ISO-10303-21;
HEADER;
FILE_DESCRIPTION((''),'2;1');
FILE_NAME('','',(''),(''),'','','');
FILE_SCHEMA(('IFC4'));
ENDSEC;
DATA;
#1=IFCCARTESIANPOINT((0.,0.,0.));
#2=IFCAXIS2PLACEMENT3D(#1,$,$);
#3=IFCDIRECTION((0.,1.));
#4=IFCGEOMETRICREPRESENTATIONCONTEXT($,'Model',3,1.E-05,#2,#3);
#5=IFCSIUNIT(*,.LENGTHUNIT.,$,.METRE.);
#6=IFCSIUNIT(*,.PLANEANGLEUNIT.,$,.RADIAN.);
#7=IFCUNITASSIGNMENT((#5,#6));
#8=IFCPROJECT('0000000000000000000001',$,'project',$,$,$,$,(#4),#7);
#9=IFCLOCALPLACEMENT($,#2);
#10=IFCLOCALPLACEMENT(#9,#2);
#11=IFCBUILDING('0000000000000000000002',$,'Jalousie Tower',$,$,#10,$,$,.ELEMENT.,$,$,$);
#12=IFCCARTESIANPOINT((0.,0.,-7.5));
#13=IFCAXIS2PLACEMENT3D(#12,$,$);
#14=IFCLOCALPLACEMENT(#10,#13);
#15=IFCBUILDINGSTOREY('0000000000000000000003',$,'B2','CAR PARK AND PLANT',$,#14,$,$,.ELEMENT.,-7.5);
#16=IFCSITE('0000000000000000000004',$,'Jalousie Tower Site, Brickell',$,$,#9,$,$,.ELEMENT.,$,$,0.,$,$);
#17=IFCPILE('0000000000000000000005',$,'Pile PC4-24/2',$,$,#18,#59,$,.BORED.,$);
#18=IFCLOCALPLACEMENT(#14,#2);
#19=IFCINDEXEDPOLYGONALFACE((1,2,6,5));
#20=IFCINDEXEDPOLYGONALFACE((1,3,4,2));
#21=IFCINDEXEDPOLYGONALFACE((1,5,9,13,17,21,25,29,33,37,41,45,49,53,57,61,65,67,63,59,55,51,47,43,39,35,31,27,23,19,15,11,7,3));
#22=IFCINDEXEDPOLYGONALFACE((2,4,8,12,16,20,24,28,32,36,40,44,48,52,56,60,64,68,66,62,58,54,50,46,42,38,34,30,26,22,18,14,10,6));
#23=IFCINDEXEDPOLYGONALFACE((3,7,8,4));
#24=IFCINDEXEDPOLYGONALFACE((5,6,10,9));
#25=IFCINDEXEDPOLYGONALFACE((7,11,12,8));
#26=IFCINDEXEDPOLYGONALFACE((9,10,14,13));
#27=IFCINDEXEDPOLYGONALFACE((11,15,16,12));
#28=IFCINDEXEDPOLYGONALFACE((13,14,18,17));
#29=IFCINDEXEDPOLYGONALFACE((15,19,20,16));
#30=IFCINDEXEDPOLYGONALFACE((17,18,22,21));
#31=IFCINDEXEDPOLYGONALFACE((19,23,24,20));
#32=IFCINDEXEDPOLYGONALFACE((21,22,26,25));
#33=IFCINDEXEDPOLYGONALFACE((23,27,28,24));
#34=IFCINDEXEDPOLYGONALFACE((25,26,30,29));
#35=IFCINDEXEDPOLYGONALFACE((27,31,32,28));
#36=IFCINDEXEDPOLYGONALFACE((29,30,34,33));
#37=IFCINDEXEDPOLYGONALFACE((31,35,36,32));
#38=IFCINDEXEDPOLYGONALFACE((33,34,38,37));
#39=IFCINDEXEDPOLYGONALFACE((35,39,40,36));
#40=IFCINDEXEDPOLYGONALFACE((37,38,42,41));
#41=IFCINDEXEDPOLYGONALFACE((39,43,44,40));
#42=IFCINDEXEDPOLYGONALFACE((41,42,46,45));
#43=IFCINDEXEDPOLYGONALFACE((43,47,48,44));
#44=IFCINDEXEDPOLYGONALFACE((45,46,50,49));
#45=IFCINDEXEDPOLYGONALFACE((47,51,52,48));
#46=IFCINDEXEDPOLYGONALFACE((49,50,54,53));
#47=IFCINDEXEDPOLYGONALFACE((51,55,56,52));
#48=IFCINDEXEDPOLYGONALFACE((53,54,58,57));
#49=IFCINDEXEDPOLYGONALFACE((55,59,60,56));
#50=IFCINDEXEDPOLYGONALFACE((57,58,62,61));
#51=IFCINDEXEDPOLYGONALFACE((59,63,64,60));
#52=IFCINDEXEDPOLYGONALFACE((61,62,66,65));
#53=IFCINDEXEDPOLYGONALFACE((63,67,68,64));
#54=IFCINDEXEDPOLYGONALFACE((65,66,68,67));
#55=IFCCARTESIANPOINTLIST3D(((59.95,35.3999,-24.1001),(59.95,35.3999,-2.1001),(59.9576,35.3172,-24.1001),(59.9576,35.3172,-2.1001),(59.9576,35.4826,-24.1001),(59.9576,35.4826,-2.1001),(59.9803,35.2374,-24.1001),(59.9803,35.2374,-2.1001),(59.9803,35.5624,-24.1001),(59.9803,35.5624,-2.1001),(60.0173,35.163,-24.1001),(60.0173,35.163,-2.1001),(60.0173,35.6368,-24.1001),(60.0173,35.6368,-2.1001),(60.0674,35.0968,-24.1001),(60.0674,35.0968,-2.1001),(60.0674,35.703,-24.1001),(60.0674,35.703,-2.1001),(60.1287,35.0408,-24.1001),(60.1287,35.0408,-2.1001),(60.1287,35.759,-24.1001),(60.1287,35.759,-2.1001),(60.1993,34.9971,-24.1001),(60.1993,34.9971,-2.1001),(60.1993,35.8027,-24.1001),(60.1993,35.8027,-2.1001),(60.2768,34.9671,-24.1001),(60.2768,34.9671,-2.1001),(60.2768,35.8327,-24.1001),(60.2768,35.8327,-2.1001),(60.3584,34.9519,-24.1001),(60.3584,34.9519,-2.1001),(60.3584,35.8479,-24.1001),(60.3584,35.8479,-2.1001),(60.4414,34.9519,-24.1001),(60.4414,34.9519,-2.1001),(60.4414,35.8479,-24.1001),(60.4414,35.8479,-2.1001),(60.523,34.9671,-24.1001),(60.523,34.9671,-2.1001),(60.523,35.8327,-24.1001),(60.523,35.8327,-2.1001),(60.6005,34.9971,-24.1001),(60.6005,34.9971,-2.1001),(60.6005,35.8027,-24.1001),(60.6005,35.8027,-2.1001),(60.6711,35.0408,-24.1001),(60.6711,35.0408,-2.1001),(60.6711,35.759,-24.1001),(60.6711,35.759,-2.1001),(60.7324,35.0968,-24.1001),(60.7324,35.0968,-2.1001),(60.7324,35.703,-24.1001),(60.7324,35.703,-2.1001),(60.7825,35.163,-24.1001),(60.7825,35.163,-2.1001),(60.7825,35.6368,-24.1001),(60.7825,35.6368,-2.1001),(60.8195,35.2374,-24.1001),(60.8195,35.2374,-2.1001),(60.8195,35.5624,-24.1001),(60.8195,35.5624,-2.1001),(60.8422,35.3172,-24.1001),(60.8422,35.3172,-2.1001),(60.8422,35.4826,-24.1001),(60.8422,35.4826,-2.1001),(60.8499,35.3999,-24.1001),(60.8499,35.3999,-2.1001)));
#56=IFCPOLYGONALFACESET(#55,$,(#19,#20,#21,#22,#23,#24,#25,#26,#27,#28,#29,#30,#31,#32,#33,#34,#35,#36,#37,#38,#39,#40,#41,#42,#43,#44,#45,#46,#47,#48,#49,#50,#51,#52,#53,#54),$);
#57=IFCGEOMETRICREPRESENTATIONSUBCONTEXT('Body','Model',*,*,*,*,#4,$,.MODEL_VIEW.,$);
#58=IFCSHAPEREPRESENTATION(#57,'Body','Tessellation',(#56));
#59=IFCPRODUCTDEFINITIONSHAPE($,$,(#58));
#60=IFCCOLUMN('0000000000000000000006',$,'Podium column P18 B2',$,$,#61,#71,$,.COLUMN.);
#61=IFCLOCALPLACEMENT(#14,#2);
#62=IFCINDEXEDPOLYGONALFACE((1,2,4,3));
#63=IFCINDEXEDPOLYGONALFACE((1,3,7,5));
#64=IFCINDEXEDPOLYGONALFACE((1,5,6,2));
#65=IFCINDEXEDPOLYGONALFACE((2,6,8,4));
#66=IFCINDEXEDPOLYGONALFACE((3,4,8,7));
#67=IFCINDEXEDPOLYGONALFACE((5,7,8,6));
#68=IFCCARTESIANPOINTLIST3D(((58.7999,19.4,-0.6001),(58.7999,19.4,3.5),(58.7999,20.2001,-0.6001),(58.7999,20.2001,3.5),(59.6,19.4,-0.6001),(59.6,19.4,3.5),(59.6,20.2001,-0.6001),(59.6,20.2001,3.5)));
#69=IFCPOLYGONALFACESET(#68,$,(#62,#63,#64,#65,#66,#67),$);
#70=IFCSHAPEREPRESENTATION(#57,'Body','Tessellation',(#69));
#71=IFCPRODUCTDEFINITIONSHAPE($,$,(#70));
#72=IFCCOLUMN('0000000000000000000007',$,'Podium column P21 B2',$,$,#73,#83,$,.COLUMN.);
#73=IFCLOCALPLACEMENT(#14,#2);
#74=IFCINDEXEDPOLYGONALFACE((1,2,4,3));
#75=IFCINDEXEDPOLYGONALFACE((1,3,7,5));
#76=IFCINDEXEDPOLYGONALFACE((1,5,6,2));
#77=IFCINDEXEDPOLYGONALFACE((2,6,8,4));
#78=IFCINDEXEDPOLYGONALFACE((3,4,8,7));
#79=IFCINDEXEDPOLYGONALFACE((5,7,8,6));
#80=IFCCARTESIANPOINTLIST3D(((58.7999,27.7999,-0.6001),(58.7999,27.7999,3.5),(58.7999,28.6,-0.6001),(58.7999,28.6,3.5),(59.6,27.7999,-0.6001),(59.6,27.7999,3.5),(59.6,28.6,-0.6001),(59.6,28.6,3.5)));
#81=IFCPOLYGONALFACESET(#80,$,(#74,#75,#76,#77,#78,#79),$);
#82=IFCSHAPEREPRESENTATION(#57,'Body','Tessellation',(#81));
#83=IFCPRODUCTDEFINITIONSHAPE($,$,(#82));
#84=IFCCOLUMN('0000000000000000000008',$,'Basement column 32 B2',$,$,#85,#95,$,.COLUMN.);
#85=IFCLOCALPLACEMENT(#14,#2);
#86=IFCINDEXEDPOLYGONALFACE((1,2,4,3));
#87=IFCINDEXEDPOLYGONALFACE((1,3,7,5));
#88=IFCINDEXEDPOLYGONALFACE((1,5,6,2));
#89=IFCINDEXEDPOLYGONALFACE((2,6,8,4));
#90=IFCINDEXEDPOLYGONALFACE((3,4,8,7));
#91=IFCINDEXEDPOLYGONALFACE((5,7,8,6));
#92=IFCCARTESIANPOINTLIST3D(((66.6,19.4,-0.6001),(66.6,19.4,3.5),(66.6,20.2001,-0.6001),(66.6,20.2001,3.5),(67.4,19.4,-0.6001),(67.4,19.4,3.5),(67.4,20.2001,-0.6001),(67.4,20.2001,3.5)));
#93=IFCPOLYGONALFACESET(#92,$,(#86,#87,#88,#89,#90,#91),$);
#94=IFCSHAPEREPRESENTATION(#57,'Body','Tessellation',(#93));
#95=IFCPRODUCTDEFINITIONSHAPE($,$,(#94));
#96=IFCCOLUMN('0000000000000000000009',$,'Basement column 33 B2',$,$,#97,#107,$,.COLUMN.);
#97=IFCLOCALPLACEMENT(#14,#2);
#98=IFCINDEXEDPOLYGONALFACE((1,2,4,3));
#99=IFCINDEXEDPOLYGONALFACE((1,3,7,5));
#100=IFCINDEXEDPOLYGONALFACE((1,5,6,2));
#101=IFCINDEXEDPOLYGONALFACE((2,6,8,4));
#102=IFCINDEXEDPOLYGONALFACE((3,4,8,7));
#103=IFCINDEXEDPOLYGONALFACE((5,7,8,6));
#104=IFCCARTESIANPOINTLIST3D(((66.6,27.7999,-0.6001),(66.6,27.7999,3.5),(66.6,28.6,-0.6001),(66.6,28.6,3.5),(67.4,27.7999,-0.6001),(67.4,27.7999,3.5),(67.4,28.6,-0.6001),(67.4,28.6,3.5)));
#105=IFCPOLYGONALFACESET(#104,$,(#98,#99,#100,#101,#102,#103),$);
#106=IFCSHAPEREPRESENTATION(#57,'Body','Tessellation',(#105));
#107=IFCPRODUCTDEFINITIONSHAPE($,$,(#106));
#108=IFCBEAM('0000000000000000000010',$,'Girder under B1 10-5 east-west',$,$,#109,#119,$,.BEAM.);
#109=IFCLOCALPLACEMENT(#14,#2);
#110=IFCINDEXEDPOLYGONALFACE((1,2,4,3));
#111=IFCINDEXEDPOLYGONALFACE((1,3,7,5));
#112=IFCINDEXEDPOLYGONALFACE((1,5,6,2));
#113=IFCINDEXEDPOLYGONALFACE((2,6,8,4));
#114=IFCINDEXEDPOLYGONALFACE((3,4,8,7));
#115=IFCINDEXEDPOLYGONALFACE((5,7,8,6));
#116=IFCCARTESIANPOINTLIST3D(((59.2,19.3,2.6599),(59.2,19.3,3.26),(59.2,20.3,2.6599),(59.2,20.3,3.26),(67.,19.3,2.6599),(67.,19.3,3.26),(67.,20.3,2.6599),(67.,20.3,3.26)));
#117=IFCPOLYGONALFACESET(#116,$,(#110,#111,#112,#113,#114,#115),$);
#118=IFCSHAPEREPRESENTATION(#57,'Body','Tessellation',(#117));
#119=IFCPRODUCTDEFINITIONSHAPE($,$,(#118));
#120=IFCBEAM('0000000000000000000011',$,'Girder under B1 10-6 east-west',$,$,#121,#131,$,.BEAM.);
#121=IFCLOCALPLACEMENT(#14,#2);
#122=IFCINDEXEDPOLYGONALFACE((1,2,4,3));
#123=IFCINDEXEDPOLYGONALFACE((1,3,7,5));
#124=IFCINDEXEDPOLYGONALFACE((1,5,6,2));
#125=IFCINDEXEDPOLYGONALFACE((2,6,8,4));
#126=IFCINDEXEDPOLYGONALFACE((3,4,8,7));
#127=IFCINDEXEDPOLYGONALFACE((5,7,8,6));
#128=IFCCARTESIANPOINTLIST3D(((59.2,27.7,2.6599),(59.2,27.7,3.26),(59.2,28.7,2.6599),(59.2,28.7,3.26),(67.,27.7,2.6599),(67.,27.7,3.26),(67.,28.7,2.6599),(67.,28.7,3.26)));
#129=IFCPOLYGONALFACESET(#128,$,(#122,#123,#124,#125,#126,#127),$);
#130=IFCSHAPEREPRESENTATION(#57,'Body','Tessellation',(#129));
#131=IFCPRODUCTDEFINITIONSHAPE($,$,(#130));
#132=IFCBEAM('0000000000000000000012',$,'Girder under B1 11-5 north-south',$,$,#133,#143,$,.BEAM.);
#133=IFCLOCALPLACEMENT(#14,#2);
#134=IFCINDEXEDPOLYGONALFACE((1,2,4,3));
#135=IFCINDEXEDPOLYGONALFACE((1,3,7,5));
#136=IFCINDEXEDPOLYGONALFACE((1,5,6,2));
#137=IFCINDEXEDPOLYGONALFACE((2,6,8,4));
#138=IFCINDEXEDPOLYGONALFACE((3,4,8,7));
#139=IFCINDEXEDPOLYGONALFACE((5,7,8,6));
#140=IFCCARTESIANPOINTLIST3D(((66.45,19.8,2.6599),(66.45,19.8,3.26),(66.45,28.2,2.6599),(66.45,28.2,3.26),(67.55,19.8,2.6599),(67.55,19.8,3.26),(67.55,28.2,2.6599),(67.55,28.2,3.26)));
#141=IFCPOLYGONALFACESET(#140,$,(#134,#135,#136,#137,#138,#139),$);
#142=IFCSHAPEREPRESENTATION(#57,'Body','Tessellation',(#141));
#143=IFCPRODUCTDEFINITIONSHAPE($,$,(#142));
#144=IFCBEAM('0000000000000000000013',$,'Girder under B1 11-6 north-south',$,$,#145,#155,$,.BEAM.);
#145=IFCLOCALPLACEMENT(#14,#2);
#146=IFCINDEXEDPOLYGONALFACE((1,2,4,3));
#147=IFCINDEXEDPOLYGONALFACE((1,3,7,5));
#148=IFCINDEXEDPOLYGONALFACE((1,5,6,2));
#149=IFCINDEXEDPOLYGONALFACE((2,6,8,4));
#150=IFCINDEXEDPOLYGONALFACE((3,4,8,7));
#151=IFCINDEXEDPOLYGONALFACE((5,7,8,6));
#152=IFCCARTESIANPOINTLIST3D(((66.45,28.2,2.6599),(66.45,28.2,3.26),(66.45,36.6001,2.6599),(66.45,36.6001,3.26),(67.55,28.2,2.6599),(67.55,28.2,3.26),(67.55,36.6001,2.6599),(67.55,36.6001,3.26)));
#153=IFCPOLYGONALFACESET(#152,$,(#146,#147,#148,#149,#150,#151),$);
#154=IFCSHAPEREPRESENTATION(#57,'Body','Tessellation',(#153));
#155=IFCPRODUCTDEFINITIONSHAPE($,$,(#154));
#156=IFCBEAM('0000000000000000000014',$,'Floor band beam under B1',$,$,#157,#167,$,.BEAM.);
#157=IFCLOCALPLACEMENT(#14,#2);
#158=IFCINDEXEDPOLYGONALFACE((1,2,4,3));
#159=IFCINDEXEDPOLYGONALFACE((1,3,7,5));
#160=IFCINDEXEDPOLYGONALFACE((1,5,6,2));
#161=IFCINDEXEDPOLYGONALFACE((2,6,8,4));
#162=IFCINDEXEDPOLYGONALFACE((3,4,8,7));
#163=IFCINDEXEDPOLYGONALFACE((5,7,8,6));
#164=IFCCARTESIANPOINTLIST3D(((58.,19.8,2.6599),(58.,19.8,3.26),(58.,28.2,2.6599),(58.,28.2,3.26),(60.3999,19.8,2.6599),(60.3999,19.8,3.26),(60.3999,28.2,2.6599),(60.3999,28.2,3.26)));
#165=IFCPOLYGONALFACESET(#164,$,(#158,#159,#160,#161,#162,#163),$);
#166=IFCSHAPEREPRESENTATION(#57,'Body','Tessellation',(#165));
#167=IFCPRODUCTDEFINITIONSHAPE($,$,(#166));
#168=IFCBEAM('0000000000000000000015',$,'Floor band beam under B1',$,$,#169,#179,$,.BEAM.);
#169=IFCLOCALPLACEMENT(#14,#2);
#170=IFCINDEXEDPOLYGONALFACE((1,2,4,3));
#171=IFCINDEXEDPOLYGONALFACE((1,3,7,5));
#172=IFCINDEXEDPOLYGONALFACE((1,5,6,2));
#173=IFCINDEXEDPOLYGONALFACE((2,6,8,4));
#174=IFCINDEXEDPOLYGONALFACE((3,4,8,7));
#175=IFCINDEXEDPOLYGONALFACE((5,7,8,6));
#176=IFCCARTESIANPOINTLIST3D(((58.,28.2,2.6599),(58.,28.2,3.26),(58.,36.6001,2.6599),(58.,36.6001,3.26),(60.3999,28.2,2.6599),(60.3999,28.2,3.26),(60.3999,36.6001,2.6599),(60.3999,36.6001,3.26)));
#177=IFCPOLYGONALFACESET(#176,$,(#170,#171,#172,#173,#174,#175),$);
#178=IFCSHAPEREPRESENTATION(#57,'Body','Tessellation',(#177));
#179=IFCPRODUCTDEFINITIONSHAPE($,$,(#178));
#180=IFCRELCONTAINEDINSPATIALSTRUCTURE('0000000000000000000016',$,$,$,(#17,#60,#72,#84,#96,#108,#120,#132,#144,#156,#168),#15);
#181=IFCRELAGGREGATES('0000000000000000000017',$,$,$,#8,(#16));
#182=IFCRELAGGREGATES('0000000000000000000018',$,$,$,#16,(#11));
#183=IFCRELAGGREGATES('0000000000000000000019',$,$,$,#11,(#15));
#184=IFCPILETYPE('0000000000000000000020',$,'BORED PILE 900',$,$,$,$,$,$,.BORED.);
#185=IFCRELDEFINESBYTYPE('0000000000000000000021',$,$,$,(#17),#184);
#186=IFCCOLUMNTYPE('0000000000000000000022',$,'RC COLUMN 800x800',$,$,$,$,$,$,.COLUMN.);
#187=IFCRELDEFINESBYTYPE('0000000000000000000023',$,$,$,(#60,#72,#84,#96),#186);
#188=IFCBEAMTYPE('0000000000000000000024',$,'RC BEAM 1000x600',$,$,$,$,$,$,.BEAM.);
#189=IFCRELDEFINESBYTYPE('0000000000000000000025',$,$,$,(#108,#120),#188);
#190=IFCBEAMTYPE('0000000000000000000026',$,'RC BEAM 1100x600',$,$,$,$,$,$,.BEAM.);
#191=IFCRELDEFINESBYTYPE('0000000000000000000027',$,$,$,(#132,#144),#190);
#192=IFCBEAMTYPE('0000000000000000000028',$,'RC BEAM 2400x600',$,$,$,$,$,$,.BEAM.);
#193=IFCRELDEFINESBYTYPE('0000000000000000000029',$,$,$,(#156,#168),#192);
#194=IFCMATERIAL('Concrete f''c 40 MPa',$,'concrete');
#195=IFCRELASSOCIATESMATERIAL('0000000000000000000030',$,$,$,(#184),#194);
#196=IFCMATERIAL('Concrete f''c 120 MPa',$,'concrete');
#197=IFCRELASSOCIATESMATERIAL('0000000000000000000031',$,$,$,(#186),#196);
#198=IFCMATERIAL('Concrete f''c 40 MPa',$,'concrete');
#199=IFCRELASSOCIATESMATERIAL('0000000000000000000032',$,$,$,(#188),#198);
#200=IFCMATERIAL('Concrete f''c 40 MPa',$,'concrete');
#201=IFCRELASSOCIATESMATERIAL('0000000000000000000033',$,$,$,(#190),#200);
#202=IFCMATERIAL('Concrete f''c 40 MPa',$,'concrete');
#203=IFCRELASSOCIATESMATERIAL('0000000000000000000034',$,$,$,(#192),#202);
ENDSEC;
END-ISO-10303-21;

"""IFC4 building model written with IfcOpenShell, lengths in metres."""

from ifc_helpers import new_model, si_unit, direction, frame, origin, origin_2d, place, context, subcontext, project, spatial, rectangle, circle, extrude, material, material_profile, profile_set, type_object, element, save


model = new_model("IFC4")

# Units and contexts
model_context = context("Model", 3, precision=1e-05, world=origin(), true_north=direction((0.0, 1.0)))
body_context = subcontext(model_context, "Body", "Model", "MODEL_VIEW")
ifc_project = project(units=[si_unit("LENGTHUNIT", "METRE"), si_unit("PLANEANGLEUNIT", "RADIAN")], contexts=[model_context])

# Site, building, storey
site_placement = place(None, origin())
site = spatial("IfcSite", under=ifc_project, at=site_placement, Name="Jalousie Tower Site, Brickell", CompositionType="ELEMENT", RefElevation=0.0)
building_placement = place(site_placement, origin())
building = spatial("IfcBuilding", under=site, at=building_placement, Name="Jalousie Tower", CompositionType="ELEMENT")
storey_placement = place(building_placement, frame((0.0, 0.0, -7.5)))
storey = spatial("IfcBuildingStorey", under=building, at=storey_placement, Name="B2", Description="CAR PARK AND PLANT", CompositionType="ELEMENT", Elevation=-7.5)

# Pile
ifc_material_1 = material(Name="Concrete f'c 40 MPa", Category="concrete")
ifc_material_profile_1 = material_profile(ifc_material_1, circle(Radius=0.45, at=origin_2d()), Name="BORED PILE D900")
ifc_profile_set_1 = profile_set([ifc_material_profile_1], Name="Concrete f'c 40 MPa")
pile_type = type_object("IfcPileType", Name="BORED PILE 900", PredefinedType="BORED", material=ifc_profile_set_1)
for number, where, z_axis, x_axis, name in (
    (1, (60.3999, 35.3999, -2.1001), (0.0, 0.0, -1.0), (1.0, 0.0, 0.0), "Pile PC4-24/2"),
):
    element("IfcPile", number, at=place(storey_placement, frame(where, z_axis=z_axis, x_axis=x_axis)), inside=storey, type_object=pile_type, Name=name, PredefinedType="BORED", context=body_context, shape_type="SweptSolid", body=[
        extrude(circle(Radius=0.45, at=origin_2d()), origin(), (0.0, 0.0, 1.0), 22.0),
    ])

# Columns
ifc_material_2 = material(Name="Concrete f'c 120 MPa", Category="concrete")
ifc_material_profile_2 = material_profile(ifc_material_2, rectangle(XDim=0.8, YDim=0.8, at=origin_2d()), Name="RC 800x800")
ifc_profile_set_2 = profile_set([ifc_material_profile_2], Name="Concrete f'c 120 MPa")
column_type = type_object("IfcColumnType", Name="RC COLUMN 800x800", PredefinedType="COLUMN", material=ifc_profile_set_2)
for number, where, z_axis, x_axis, name in (
    (2, (59.2, 19.8, -0.6001), (0.0, 0.0, 1.0), (1.0, 0.0, 0.0), "Podium column P18 B2"),
    (3, (59.2, 28.2, -0.6001), (0.0, 0.0, 1.0), (1.0, 0.0, 0.0), "Podium column P21 B2"),
    (4, (67.0, 19.8, -0.6001), (0.0, 0.0, 1.0), (1.0, 0.0, 0.0), "Basement column 32 B2"),
    (5, (67.0, 28.2, -0.6001), (0.0, 0.0, 1.0), (1.0, 0.0, 0.0), "Basement column 33 B2"),
):
    element("IfcColumn", number, at=place(storey_placement, frame(where, z_axis=z_axis, x_axis=x_axis)), inside=storey, type_object=column_type, Name=name, PredefinedType="COLUMN", context=body_context, shape_type="SweptSolid", body=[
        extrude(rectangle(XDim=0.8, YDim=0.8, at=origin_2d()), origin(), (0.0, 0.0, 1.0), 4.1001),
    ])

# Beams
ifc_material_3 = material(Name="Concrete f'c 40 MPa", Category="concrete")
ifc_material_profile_3 = material_profile(ifc_material_3, rectangle(XDim=1.0, YDim=0.6001, at=origin_2d()), Name="RC 1000x600")
ifc_profile_set_3 = profile_set([ifc_material_profile_3], Name="Concrete f'c 40 MPa")
beam_type_1 = type_object("IfcBeamType", Name="RC BEAM 1000x600", PredefinedType="BEAM", material=ifc_profile_set_3)
for number, where, z_axis, x_axis, name in (
    (6, (59.2, 19.8, 2.96), (1.0, 0.0, 0.0), (0.0, 1.0, 0.0), "Girder under B1 10-5 east-west"),
    (7, (59.2, 28.2, 2.96), (1.0, 0.0, 0.0), (0.0, 1.0, 0.0), "Girder under B1 10-6 east-west"),
):
    element("IfcBeam", number, at=place(storey_placement, frame(where, z_axis=z_axis, x_axis=x_axis)), inside=storey, type_object=beam_type_1, Name=name, PredefinedType="BEAM", context=body_context, shape_type="SweptSolid", body=[
        extrude(rectangle(XDim=1.0, YDim=0.6001, at=origin_2d()), origin(), (0.0, 0.0, 1.0), 7.8),
    ])
ifc_material_4 = material(Name="Concrete f'c 40 MPa", Category="concrete")
ifc_material_profile_4 = material_profile(ifc_material_4, rectangle(XDim=1.1001, YDim=0.6001, at=origin_2d()), Name="RC 1100x600")
ifc_profile_set_4 = profile_set([ifc_material_profile_4], Name="Concrete f'c 40 MPa")
beam_type_2 = type_object("IfcBeamType", Name="RC BEAM 1100x600", PredefinedType="BEAM", material=ifc_profile_set_4)
beam_1_placement = place(storey_placement, frame((67.0, 19.8, 2.96), z_axis=(0.0, 1.0, 0.0), x_axis=(-1.0, 0.0, 0.0)))
element("IfcBeam", 8, at=beam_1_placement, inside=storey, type_object=beam_type_2, Name="Girder under B1 11-5 north-south", PredefinedType="BEAM", context=body_context, shape_type="SweptSolid", body=[
    extrude(rectangle(XDim=1.1001, YDim=0.6001, at=origin_2d()), origin(), (0.0, 0.0, 1.0), 8.3999),
])
beam_2_placement = place(storey_placement, frame((67.0, 28.2, 2.96), z_axis=(0.0, 1.0, 0.0), x_axis=(-1.0, 0.0, 0.0)))
element("IfcBeam", 9, at=beam_2_placement, inside=storey, type_object=beam_type_2, Name="Girder under B1 11-6 north-south", PredefinedType="BEAM", context=body_context, shape_type="SweptSolid", body=[
    extrude(rectangle(XDim=1.1001, YDim=0.6001, at=origin_2d()), origin(), (0.0, 0.0, 1.0), 8.4001),
])
ifc_material_5 = material(Name="Concrete f'c 40 MPa", Category="concrete")
ifc_material_profile_5 = material_profile(ifc_material_5, rectangle(XDim=2.3999, YDim=0.6001, at=origin_2d()), Name="RC 2400x600")
ifc_profile_set_5 = profile_set([ifc_material_profile_5], Name="Concrete f'c 40 MPa")
beam_type_3 = type_object("IfcBeamType", Name="RC BEAM 2400x600", PredefinedType="BEAM", material=ifc_profile_set_5)
beam_3_placement = place(storey_placement, frame((59.2, 19.8, 2.96), z_axis=(0.0, 1.0, 0.0), x_axis=(-1.0, 0.0, 0.0)))
element("IfcBeam", 10, at=beam_3_placement, inside=storey, type_object=beam_type_3, Name="Floor band beam under B1", PredefinedType="BEAM", context=body_context, shape_type="SweptSolid", body=[
    extrude(rectangle(XDim=2.3999, YDim=0.6001, at=origin_2d()), origin(), (0.0, 0.0, 1.0), 8.3999),
])
beam_4_placement = place(storey_placement, frame((59.2, 28.2, 2.96), z_axis=(0.0, 1.0, 0.0), x_axis=(-1.0, 0.0, 0.0)))
element("IfcBeam", 11, at=beam_4_placement, inside=storey, type_object=beam_type_3, Name="Floor band beam under B1", PredefinedType="BEAM", context=body_context, shape_type="SweptSolid", body=[
    extrude(rectangle(XDim=2.3999, YDim=0.6001, at=origin_2d()), origin(), (0.0, 0.0, 1.0), 8.4001),
])

save(model, "model.ifc")
